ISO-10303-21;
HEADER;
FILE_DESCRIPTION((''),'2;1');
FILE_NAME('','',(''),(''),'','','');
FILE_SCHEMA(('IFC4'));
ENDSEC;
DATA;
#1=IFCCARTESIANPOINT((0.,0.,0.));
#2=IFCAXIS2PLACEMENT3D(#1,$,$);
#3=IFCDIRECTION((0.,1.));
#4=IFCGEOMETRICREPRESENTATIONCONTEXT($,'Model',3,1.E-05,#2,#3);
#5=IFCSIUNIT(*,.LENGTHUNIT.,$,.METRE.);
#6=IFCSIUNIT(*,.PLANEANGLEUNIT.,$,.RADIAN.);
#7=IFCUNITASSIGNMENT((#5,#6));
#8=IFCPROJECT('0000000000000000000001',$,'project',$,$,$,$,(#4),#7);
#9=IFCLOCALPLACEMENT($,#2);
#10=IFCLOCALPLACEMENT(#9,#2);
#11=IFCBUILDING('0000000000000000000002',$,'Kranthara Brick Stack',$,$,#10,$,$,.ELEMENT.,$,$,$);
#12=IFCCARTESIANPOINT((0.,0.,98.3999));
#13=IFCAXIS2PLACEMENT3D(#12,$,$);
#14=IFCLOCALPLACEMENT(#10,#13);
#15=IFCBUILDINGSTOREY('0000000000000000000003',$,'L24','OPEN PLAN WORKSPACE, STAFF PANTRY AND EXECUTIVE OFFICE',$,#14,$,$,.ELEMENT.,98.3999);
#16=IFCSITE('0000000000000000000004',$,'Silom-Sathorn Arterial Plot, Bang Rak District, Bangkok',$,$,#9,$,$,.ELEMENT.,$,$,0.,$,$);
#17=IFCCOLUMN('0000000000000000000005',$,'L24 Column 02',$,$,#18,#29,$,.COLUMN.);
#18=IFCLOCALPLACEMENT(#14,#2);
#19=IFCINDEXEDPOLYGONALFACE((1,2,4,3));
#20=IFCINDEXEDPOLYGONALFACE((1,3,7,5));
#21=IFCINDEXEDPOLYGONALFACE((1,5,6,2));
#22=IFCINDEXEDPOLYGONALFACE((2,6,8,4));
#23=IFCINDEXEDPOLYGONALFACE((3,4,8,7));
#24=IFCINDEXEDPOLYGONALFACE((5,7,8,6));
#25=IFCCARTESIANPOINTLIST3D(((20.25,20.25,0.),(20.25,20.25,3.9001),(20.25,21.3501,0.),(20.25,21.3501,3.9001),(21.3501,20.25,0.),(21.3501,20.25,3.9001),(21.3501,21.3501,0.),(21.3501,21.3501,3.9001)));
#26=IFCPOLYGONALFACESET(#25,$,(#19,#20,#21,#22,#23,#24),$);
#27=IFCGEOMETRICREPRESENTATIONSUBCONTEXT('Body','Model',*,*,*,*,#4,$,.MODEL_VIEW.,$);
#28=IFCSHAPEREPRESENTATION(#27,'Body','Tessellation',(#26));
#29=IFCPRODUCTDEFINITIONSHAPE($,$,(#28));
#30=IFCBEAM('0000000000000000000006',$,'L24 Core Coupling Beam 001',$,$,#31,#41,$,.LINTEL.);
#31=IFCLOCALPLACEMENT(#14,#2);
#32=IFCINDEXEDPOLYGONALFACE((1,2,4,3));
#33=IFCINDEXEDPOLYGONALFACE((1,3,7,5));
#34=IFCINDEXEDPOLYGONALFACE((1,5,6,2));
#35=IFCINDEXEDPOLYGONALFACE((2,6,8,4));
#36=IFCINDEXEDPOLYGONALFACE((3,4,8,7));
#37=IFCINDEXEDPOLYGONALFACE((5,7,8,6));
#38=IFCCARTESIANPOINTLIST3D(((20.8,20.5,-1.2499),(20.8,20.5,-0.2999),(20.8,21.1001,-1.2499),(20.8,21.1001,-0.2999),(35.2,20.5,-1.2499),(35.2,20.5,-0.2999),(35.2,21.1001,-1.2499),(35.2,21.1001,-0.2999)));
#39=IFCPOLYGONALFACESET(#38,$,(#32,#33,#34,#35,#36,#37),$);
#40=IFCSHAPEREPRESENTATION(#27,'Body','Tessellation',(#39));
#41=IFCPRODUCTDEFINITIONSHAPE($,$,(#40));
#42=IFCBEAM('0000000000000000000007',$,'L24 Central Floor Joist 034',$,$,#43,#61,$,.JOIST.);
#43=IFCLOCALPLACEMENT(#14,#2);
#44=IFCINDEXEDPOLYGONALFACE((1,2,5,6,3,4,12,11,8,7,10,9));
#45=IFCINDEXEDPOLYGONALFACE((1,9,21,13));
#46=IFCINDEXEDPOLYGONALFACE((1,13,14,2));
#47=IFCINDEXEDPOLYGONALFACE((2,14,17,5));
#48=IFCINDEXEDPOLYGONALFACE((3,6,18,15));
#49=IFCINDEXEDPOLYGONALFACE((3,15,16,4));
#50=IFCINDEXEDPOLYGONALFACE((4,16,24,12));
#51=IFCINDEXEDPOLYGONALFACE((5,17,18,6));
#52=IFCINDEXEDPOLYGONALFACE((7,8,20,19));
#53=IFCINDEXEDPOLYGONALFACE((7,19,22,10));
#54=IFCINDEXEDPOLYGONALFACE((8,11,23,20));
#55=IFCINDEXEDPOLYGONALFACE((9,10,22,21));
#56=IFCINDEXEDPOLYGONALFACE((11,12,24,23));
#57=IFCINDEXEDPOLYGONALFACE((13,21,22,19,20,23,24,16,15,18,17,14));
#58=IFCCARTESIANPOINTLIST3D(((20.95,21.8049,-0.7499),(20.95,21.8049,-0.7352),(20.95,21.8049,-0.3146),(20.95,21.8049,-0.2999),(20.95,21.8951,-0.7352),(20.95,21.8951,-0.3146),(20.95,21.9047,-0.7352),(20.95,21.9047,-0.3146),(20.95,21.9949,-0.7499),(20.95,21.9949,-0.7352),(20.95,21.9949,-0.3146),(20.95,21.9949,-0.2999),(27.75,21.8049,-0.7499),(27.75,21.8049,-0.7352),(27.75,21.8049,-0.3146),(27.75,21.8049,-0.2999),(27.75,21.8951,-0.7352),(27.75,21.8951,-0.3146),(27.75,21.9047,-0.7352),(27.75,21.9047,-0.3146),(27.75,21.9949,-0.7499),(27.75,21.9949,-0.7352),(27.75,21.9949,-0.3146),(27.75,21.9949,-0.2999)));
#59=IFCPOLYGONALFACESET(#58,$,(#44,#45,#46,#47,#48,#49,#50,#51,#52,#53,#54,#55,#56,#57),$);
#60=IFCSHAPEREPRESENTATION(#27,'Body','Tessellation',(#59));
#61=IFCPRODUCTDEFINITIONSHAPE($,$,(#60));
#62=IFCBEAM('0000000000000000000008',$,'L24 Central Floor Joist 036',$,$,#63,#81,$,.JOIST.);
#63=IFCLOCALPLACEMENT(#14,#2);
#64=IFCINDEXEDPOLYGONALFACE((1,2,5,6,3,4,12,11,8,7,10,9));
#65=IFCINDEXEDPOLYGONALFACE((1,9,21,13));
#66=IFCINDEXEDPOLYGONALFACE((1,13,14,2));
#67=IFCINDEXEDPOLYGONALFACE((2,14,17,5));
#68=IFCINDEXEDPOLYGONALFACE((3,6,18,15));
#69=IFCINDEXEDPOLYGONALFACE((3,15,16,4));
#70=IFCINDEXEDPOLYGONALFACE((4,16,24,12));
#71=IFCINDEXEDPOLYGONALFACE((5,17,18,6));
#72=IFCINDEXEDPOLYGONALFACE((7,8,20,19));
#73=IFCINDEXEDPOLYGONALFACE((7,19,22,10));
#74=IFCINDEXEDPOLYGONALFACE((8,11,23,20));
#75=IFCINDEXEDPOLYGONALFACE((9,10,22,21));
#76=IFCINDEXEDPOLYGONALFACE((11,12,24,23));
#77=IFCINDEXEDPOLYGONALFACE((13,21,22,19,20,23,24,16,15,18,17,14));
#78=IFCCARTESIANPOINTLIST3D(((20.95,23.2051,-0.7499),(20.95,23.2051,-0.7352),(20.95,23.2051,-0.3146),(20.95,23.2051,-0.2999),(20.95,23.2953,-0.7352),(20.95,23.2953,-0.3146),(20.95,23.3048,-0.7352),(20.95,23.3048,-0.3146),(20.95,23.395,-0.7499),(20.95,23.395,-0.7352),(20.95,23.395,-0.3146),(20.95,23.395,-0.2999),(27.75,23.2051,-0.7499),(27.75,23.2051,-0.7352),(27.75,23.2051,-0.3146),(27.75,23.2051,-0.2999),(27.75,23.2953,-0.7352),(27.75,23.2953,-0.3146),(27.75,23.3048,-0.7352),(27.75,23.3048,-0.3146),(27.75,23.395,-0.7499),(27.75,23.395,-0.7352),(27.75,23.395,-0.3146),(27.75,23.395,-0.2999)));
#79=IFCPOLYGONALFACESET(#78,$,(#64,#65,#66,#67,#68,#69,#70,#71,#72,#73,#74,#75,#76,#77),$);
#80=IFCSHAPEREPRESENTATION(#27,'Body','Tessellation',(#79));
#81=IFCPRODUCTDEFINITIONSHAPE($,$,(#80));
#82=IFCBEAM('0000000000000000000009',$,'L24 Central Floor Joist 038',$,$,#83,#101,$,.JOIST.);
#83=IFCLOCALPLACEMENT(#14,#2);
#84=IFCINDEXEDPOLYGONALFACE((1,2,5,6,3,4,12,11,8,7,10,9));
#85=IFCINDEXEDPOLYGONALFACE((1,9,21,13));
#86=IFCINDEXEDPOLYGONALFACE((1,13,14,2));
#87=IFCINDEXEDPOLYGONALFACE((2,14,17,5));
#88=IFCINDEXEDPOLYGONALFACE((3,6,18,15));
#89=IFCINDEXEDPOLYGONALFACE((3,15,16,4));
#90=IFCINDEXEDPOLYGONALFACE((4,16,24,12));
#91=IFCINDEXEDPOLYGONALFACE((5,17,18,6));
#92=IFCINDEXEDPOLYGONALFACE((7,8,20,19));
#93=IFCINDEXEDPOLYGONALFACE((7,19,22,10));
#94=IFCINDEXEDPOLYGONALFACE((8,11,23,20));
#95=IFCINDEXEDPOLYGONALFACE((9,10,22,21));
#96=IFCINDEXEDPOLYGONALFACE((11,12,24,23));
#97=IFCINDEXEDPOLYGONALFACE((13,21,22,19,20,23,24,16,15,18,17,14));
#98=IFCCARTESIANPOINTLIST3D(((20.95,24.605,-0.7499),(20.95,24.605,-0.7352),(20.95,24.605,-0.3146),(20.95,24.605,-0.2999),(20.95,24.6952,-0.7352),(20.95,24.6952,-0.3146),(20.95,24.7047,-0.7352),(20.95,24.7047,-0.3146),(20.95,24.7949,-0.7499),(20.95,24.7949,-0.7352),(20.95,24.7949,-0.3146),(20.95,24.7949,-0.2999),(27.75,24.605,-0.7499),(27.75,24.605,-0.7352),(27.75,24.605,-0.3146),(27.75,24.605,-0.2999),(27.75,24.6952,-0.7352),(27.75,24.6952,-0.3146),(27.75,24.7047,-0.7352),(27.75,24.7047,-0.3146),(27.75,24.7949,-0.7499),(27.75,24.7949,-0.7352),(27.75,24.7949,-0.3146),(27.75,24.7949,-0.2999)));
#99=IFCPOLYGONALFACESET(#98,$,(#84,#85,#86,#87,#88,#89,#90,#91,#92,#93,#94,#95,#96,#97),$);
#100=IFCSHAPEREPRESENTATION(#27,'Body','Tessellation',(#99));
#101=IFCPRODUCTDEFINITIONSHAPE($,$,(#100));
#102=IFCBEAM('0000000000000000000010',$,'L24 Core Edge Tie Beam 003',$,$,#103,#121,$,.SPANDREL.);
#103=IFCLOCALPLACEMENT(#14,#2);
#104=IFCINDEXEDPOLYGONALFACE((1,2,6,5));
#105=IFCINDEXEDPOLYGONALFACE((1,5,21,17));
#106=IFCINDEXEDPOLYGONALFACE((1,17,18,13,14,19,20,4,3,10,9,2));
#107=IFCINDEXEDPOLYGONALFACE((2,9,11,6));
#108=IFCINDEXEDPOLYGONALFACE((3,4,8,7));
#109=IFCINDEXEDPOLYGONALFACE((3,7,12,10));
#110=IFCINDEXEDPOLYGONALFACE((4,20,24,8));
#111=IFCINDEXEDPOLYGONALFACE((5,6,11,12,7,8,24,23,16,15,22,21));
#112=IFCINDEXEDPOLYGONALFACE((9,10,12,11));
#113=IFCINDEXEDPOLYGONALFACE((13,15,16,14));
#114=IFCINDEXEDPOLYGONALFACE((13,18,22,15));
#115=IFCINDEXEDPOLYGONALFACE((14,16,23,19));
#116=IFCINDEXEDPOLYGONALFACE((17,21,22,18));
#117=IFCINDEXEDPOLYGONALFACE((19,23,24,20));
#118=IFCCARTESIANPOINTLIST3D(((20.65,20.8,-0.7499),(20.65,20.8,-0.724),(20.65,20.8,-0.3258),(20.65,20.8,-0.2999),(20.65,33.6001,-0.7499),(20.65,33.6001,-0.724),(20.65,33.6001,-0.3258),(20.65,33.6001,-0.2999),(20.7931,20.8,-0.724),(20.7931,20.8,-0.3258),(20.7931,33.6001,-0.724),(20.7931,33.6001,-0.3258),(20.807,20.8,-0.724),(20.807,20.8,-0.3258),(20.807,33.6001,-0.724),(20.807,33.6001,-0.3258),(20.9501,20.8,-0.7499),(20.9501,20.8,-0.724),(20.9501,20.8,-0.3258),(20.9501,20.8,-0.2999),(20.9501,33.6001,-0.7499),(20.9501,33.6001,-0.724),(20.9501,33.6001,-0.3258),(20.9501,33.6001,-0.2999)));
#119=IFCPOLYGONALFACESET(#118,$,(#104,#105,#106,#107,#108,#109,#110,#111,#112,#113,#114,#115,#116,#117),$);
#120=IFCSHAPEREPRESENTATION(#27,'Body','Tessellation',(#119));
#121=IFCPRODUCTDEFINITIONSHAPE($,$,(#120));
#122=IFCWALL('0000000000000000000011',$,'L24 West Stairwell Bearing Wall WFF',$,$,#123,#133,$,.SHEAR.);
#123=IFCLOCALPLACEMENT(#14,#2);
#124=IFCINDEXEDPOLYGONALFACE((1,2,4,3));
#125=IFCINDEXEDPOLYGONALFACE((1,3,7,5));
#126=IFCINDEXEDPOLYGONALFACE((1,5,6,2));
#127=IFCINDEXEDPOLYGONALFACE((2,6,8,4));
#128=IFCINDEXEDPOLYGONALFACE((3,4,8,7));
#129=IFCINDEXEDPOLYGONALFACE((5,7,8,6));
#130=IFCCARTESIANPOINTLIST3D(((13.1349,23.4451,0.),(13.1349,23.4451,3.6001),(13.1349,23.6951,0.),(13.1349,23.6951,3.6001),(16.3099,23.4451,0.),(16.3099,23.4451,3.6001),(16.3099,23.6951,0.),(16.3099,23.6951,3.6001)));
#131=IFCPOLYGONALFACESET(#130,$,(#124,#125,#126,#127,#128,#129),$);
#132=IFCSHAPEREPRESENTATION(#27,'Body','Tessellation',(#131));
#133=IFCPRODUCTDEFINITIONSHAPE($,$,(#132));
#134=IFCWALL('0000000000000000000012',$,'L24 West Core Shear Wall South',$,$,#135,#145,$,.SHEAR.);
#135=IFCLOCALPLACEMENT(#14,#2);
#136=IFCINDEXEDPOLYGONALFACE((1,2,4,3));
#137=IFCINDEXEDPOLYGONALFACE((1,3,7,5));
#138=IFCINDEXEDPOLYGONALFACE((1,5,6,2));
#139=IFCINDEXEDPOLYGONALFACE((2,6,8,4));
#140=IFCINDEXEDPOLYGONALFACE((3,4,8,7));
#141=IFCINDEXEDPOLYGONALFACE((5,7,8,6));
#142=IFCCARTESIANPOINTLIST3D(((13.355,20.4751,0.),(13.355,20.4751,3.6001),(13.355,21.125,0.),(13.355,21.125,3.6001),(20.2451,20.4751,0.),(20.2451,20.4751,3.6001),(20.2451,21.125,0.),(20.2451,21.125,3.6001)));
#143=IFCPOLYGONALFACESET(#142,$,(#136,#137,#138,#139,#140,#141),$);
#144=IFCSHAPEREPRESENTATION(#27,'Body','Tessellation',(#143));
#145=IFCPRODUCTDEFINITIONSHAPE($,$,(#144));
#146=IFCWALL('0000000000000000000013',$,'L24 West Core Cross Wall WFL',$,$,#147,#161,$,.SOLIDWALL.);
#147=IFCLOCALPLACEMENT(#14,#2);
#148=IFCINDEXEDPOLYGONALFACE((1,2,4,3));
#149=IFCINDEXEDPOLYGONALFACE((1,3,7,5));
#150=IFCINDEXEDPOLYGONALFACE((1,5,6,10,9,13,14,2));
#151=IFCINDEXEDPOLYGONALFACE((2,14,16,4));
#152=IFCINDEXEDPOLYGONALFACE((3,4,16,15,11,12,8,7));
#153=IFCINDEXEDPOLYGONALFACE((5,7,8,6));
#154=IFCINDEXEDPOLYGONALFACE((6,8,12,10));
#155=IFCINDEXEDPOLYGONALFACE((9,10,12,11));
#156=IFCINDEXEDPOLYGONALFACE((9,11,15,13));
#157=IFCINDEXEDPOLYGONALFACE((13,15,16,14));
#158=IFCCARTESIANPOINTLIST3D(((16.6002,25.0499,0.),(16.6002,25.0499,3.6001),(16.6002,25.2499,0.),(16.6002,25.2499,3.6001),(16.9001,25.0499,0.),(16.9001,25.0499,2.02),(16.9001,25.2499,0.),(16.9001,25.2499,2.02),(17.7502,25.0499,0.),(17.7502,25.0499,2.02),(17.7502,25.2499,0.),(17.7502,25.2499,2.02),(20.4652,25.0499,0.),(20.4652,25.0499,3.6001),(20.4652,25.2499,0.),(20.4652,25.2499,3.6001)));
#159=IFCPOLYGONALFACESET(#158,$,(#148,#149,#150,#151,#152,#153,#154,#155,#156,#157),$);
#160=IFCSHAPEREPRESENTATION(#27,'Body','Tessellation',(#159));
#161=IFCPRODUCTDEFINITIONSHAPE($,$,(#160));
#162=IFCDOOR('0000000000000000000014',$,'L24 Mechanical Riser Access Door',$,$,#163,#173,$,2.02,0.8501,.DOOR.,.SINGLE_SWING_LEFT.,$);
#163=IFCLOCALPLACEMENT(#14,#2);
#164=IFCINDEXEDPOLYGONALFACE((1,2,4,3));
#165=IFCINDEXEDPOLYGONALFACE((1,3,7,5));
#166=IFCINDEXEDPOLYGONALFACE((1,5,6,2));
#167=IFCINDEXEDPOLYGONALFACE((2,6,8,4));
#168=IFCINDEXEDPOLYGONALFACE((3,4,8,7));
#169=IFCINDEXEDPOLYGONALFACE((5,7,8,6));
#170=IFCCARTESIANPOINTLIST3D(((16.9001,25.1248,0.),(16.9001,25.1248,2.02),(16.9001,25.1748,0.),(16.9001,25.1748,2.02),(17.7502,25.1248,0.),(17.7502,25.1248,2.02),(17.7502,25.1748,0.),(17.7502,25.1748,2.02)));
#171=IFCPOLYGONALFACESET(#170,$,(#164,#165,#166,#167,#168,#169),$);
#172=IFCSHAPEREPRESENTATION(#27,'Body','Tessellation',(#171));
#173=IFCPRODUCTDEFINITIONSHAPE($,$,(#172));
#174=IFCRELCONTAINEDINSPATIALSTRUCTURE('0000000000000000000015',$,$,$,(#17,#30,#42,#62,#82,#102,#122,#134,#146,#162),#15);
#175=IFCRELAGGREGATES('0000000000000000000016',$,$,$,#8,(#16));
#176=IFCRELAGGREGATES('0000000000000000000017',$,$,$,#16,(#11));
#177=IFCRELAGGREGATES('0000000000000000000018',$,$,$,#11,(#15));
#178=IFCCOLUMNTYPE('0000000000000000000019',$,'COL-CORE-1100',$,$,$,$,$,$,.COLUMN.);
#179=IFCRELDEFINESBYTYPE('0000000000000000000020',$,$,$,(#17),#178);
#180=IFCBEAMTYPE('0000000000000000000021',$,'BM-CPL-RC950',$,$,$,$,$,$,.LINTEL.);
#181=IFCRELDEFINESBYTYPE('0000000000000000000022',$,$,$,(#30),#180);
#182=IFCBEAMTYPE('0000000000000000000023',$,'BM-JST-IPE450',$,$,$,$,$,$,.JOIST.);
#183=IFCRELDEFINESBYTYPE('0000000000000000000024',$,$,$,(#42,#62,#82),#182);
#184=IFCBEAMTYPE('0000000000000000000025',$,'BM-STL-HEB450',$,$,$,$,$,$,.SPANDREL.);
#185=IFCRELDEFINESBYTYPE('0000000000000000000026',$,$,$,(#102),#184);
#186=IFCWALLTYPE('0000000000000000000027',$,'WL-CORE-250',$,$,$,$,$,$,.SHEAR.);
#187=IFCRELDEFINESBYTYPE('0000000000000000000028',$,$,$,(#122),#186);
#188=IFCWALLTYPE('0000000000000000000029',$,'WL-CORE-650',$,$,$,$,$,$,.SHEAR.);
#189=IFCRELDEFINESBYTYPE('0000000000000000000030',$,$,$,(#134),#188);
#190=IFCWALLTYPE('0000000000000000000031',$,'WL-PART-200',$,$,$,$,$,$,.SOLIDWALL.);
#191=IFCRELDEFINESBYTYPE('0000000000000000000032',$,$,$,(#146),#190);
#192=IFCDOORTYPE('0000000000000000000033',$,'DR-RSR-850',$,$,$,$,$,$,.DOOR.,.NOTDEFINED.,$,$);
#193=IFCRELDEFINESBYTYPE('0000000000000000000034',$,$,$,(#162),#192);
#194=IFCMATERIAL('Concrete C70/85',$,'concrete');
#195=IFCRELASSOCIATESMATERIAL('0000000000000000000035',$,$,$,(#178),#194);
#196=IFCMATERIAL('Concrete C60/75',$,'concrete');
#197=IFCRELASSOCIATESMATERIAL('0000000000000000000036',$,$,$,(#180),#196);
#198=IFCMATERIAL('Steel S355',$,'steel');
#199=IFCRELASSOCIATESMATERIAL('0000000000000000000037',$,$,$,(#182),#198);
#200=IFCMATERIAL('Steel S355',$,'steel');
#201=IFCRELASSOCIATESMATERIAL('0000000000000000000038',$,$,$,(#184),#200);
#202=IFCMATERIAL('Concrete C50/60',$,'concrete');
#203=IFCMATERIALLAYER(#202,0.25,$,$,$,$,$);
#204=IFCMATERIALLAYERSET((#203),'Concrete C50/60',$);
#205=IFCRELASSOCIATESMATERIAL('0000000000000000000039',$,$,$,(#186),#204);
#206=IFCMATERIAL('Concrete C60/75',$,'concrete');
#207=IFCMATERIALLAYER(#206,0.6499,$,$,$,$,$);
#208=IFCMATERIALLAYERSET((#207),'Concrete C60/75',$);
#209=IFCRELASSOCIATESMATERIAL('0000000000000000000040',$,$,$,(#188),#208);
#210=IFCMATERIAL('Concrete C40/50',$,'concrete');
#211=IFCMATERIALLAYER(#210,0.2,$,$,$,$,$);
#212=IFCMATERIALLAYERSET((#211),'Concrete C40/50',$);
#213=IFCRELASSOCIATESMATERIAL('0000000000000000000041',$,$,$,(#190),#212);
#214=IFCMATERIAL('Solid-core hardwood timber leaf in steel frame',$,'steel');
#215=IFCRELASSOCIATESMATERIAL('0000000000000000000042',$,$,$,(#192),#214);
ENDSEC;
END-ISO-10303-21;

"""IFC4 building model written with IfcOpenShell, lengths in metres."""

from ifc_helpers import new_model, si_unit, direction, frame, frame_2d, origin, origin_2d, place, context, subcontext, project, spatial, rectangle, i_section, extrude, material, layer, layer_set, material_profile, profile_set, type_object, element, fill, save


model = new_model("IFC4")

# Units and contexts
model_context = context("Model", 3, precision=1e-05, world=origin(), true_north=direction((0.0, 1.0)))
body_context = subcontext(model_context, "Body", "Model", "MODEL_VIEW")
ifc_project = project(units=[si_unit("LENGTHUNIT", "METRE"), si_unit("PLANEANGLEUNIT", "RADIAN")], contexts=[model_context])

# Site, building, storey
site_placement = place(None, origin())
site = spatial("IfcSite", under=ifc_project, at=site_placement, Name="Silom-Sathorn Arterial Plot, Bang Rak District, Bangkok", CompositionType="ELEMENT", RefElevation=0.0)
building_placement = place(site_placement, origin())
building = spatial("IfcBuilding", under=site, at=building_placement, Name="Kranthara Brick Stack", CompositionType="ELEMENT")
storey_placement = place(building_placement, frame((0.0, 0.0, 98.3999)))
storey = spatial("IfcBuildingStorey", under=building, at=storey_placement, Name="L24", Description="OPEN PLAN WORKSPACE, STAFF PANTRY AND EXECUTIVE OFFICE", CompositionType="ELEMENT", Elevation=98.3999)

# Column
ifc_material_1 = material(Name="Concrete C70/85", Category="concrete")
ifc_material_profile_1 = material_profile(ifc_material_1, rectangle(XDim=1.1001, YDim=1.1001, at=origin_2d()), Name="RC 1100x1100")
ifc_profile_set_1 = profile_set([ifc_material_profile_1], Name="Concrete C70/85")
column_type = type_object("IfcColumnType", Name="COL-CORE-1100", PredefinedType="COLUMN", material=ifc_profile_set_1)
column_placement = place(storey_placement, frame((20.8, 20.8, 0.0), z_axis=(0.0, 0.0, 1.0), x_axis=(1.0, 0.0, 0.0)))
element("IfcColumn", 1, at=column_placement, inside=storey, type_object=column_type, Name="L24 Column 02", PredefinedType="COLUMN", context=body_context, shape_type="SweptSolid", body=[
    extrude(rectangle(XDim=1.1001, YDim=1.1001, at=origin_2d()), origin(), (0.0, 0.0, 1.0), 3.9001),
])

# Beams
ifc_material_2 = material(Name="Concrete C60/75", Category="concrete")
ifc_material_profile_2 = material_profile(ifc_material_2, rectangle(XDim=0.6001, YDim=0.95, at=origin_2d()), Name="RC 600x950")
ifc_profile_set_2 = profile_set([ifc_material_profile_2], Name="Concrete C60/75")
beam_type_1 = type_object("IfcBeamType", Name="BM-CPL-RC950", PredefinedType="LINTEL", material=ifc_profile_set_2)
beam_1_placement = place(storey_placement, frame((20.8, 20.8, -0.7749), z_axis=(1.0, 0.0, 0.0), x_axis=(0.0, 1.0, 0.0)))
element("IfcBeam", 2, at=beam_1_placement, inside=storey, type_object=beam_type_1, Name="L24 Core Coupling Beam 001", PredefinedType="LINTEL", context=body_context, shape_type="SweptSolid", body=[
    extrude(rectangle(XDim=0.6001, YDim=0.95, at=origin_2d()), origin(), (0.0, 0.0, 1.0), 14.3999),
])
ifc_material_3 = material(Name="Steel S355", Category="steel")
ifc_material_profile_3 = material_profile(ifc_material_3, i_section(OverallWidth=0.1899, OverallDepth=0.45, WebThickness=0.0095, FlangeThickness=0.0146, at=origin_2d()), Name="IPE 450")
ifc_profile_set_3 = profile_set([ifc_material_profile_3], Name="Steel S355")
beam_type_2 = type_object("IfcBeamType", Name="BM-JST-IPE450", PredefinedType="JOIST", material=ifc_profile_set_3)
for number, where, z_axis, x_axis, name in (
    (3, (20.95, 21.8999, -0.5249), (1.0, 0.0, 0.0), (0.0, 1.0, 0.0), "L24 Central Floor Joist 034"),
    (4, (20.95, 23.3, -0.5249), (1.0, 0.0, 0.0), (0.0, 1.0, 0.0), "L24 Central Floor Joist 036"),
    (5, (20.95, 24.7, -0.5249), (1.0, 0.0, 0.0), (0.0, 1.0, 0.0), "L24 Central Floor Joist 038"),
):
    element("IfcBeam", number, at=place(storey_placement, frame(where, z_axis=z_axis, x_axis=x_axis)), inside=storey, type_object=beam_type_2, Name=name, PredefinedType="JOIST", context=body_context, shape_type="SweptSolid", body=[
        extrude(i_section(OverallWidth=0.1899, OverallDepth=0.45, WebThickness=0.0095, FlangeThickness=0.0146, at=origin_2d()), origin(), (0.0, 0.0, 1.0), 6.8),
    ])
ifc_material_4 = material(Name="Steel S355", Category="steel")
ifc_material_profile_4 = material_profile(ifc_material_4, i_section(OverallWidth=0.3, OverallDepth=0.45, WebThickness=0.0139, FlangeThickness=0.0259, at=origin_2d()), Name="HEB 450")
ifc_profile_set_4 = profile_set([ifc_material_profile_4], Name="Steel S355")
beam_type_3 = type_object("IfcBeamType", Name="BM-STL-HEB450", PredefinedType="SPANDREL", material=ifc_profile_set_4)
beam_2_placement = place(storey_placement, frame((20.8, 20.8, -0.5249), z_axis=(0.0, 1.0, 0.0), x_axis=(-1.0, 0.0, 0.0)))
element("IfcBeam", 6, at=beam_2_placement, inside=storey, type_object=beam_type_3, Name="L24 Core Edge Tie Beam 003", PredefinedType="SPANDREL", context=body_context, shape_type="SweptSolid", body=[
    extrude(i_section(OverallWidth=0.3, OverallDepth=0.45, WebThickness=0.0139, FlangeThickness=0.0259, at=origin_2d()), origin(), (0.0, 0.0, 1.0), 12.8),
])

# Shared definitions
ifc_material_5 = material(Name="Concrete C50/60", Category="concrete")
ifc_layer_1 = layer(ifc_material_5, 0.25)
ifc_layer_set_1 = layer_set([ifc_layer_1], Name="Concrete C50/60")
wall_type_1 = type_object("IfcWallType", Name="WL-CORE-250", PredefinedType="SHEAR", material=ifc_layer_set_1)

# Walls
wall_1_placement = place(storey_placement, frame((13.135, 23.5701, 0.0), z_axis=(0.0, 0.0, 1.0), x_axis=(1.0, 0.0, 0.0)))
element("IfcWall", 7, at=wall_1_placement, inside=storey, type_object=wall_type_1, Name="L24 West Stairwell Bearing Wall WFF", PredefinedType="SHEAR", context=body_context, shape_type="SweptSolid", body=[
    extrude(rectangle(XDim=3.175, YDim=0.25, at=frame_2d((1.5874, 0.0))), origin(), (0.0, 0.0, 1.0), 3.6001),
])
ifc_material_6 = material(Name="Concrete C60/75", Category="concrete")
ifc_layer_2 = layer(ifc_material_6, 0.6499)
ifc_layer_set_2 = layer_set([ifc_layer_2], Name="Concrete C60/75")
wall_type_2 = type_object("IfcWallType", Name="WL-CORE-650", PredefinedType="SHEAR", material=ifc_layer_set_2)
wall_2_placement = place(storey_placement, frame((13.355, 20.8, 0.0), z_axis=(0.0, 0.0, 1.0), x_axis=(1.0, 0.0, 0.0)))
element("IfcWall", 8, at=wall_2_placement, inside=storey, type_object=wall_type_2, Name="L24 West Core Shear Wall South", PredefinedType="SHEAR", context=body_context, shape_type="SweptSolid", body=[
    extrude(rectangle(XDim=6.8901, YDim=0.6499, at=frame_2d((3.4451, 0.0))), origin(), (0.0, 0.0, 1.0), 3.6001),
])

# Wall, opening, door
ifc_material_7 = material(Name="Concrete C40/50", Category="concrete")
ifc_layer_3 = layer(ifc_material_7, 0.2)
ifc_layer_set_3 = layer_set([ifc_layer_3], Name="Concrete C40/50")
wall_type_3 = type_object("IfcWallType", Name="WL-PART-200", PredefinedType="SOLIDWALL", material=ifc_layer_set_3)
wall_3_placement = place(storey_placement, frame((16.6001, 25.1499, 0.0), z_axis=(0.0, 0.0, 1.0), x_axis=(1.0, 0.0, 0.0)))
wall_3 = element("IfcWall", 9, at=wall_3_placement, inside=storey, type_object=wall_type_3, Name="L24 West Core Cross Wall WFL", PredefinedType="SOLIDWALL", context=body_context, shape_type="SweptSolid", body=[
    extrude(rectangle(XDim=3.865, YDim=0.2, at=frame_2d((1.9326, 0.0))), origin(), (0.0, 0.0, 1.0), 3.6001),
])
opening_1_placement = place(wall_3_placement, frame((0.3, 0.0, 0.0)))
opening_1 = element("IfcOpeningElement", 10, at=opening_1_placement, cuts=wall_3, PredefinedType="OPENING", context=body_context, shape_type="SweptSolid", body=[
    extrude(rectangle(XDim=0.8501, YDim=2.02, at=frame_2d((0.425, 1.01))), frame((0.0, 0.1099, 0.0), z_axis=(0.0, -1.0, 0.0), x_axis=(1.0, 0.0, 0.0)), (0.0, 0.0, 1.0), 0.22),
])
ifc_material_8 = material(Name="Solid-core hardwood timber leaf in steel frame", Category="steel")
door_type_1 = type_object("IfcDoorType", Name="DR-RSR-850", OperationType="NOTDEFINED", PredefinedType="DOOR", material=ifc_material_8)
door_1_placement = place(opening_1_placement, origin())
door_1 = element("IfcDoor", 11, at=door_1_placement, inside=storey, type_object=door_type_1, Name="L24 Mechanical Riser Access Door", OperationType="SINGLE_SWING_LEFT", OverallHeight=2.02, OverallWidth=0.8501, PredefinedType="DOOR", context=body_context, shape_type="SweptSolid", body=[
    extrude(rectangle(XDim=0.8501, YDim=2.02, at=frame_2d((0.425, 1.01))), frame((0.0, 0.0249, 0.0), z_axis=(0.0, -1.0, 0.0), x_axis=(1.0, 0.0, 0.0)), (0.0, 0.0, 1.0), 0.05),
])
fill(opening_1, door_1)

save(model, "model.ifc")
